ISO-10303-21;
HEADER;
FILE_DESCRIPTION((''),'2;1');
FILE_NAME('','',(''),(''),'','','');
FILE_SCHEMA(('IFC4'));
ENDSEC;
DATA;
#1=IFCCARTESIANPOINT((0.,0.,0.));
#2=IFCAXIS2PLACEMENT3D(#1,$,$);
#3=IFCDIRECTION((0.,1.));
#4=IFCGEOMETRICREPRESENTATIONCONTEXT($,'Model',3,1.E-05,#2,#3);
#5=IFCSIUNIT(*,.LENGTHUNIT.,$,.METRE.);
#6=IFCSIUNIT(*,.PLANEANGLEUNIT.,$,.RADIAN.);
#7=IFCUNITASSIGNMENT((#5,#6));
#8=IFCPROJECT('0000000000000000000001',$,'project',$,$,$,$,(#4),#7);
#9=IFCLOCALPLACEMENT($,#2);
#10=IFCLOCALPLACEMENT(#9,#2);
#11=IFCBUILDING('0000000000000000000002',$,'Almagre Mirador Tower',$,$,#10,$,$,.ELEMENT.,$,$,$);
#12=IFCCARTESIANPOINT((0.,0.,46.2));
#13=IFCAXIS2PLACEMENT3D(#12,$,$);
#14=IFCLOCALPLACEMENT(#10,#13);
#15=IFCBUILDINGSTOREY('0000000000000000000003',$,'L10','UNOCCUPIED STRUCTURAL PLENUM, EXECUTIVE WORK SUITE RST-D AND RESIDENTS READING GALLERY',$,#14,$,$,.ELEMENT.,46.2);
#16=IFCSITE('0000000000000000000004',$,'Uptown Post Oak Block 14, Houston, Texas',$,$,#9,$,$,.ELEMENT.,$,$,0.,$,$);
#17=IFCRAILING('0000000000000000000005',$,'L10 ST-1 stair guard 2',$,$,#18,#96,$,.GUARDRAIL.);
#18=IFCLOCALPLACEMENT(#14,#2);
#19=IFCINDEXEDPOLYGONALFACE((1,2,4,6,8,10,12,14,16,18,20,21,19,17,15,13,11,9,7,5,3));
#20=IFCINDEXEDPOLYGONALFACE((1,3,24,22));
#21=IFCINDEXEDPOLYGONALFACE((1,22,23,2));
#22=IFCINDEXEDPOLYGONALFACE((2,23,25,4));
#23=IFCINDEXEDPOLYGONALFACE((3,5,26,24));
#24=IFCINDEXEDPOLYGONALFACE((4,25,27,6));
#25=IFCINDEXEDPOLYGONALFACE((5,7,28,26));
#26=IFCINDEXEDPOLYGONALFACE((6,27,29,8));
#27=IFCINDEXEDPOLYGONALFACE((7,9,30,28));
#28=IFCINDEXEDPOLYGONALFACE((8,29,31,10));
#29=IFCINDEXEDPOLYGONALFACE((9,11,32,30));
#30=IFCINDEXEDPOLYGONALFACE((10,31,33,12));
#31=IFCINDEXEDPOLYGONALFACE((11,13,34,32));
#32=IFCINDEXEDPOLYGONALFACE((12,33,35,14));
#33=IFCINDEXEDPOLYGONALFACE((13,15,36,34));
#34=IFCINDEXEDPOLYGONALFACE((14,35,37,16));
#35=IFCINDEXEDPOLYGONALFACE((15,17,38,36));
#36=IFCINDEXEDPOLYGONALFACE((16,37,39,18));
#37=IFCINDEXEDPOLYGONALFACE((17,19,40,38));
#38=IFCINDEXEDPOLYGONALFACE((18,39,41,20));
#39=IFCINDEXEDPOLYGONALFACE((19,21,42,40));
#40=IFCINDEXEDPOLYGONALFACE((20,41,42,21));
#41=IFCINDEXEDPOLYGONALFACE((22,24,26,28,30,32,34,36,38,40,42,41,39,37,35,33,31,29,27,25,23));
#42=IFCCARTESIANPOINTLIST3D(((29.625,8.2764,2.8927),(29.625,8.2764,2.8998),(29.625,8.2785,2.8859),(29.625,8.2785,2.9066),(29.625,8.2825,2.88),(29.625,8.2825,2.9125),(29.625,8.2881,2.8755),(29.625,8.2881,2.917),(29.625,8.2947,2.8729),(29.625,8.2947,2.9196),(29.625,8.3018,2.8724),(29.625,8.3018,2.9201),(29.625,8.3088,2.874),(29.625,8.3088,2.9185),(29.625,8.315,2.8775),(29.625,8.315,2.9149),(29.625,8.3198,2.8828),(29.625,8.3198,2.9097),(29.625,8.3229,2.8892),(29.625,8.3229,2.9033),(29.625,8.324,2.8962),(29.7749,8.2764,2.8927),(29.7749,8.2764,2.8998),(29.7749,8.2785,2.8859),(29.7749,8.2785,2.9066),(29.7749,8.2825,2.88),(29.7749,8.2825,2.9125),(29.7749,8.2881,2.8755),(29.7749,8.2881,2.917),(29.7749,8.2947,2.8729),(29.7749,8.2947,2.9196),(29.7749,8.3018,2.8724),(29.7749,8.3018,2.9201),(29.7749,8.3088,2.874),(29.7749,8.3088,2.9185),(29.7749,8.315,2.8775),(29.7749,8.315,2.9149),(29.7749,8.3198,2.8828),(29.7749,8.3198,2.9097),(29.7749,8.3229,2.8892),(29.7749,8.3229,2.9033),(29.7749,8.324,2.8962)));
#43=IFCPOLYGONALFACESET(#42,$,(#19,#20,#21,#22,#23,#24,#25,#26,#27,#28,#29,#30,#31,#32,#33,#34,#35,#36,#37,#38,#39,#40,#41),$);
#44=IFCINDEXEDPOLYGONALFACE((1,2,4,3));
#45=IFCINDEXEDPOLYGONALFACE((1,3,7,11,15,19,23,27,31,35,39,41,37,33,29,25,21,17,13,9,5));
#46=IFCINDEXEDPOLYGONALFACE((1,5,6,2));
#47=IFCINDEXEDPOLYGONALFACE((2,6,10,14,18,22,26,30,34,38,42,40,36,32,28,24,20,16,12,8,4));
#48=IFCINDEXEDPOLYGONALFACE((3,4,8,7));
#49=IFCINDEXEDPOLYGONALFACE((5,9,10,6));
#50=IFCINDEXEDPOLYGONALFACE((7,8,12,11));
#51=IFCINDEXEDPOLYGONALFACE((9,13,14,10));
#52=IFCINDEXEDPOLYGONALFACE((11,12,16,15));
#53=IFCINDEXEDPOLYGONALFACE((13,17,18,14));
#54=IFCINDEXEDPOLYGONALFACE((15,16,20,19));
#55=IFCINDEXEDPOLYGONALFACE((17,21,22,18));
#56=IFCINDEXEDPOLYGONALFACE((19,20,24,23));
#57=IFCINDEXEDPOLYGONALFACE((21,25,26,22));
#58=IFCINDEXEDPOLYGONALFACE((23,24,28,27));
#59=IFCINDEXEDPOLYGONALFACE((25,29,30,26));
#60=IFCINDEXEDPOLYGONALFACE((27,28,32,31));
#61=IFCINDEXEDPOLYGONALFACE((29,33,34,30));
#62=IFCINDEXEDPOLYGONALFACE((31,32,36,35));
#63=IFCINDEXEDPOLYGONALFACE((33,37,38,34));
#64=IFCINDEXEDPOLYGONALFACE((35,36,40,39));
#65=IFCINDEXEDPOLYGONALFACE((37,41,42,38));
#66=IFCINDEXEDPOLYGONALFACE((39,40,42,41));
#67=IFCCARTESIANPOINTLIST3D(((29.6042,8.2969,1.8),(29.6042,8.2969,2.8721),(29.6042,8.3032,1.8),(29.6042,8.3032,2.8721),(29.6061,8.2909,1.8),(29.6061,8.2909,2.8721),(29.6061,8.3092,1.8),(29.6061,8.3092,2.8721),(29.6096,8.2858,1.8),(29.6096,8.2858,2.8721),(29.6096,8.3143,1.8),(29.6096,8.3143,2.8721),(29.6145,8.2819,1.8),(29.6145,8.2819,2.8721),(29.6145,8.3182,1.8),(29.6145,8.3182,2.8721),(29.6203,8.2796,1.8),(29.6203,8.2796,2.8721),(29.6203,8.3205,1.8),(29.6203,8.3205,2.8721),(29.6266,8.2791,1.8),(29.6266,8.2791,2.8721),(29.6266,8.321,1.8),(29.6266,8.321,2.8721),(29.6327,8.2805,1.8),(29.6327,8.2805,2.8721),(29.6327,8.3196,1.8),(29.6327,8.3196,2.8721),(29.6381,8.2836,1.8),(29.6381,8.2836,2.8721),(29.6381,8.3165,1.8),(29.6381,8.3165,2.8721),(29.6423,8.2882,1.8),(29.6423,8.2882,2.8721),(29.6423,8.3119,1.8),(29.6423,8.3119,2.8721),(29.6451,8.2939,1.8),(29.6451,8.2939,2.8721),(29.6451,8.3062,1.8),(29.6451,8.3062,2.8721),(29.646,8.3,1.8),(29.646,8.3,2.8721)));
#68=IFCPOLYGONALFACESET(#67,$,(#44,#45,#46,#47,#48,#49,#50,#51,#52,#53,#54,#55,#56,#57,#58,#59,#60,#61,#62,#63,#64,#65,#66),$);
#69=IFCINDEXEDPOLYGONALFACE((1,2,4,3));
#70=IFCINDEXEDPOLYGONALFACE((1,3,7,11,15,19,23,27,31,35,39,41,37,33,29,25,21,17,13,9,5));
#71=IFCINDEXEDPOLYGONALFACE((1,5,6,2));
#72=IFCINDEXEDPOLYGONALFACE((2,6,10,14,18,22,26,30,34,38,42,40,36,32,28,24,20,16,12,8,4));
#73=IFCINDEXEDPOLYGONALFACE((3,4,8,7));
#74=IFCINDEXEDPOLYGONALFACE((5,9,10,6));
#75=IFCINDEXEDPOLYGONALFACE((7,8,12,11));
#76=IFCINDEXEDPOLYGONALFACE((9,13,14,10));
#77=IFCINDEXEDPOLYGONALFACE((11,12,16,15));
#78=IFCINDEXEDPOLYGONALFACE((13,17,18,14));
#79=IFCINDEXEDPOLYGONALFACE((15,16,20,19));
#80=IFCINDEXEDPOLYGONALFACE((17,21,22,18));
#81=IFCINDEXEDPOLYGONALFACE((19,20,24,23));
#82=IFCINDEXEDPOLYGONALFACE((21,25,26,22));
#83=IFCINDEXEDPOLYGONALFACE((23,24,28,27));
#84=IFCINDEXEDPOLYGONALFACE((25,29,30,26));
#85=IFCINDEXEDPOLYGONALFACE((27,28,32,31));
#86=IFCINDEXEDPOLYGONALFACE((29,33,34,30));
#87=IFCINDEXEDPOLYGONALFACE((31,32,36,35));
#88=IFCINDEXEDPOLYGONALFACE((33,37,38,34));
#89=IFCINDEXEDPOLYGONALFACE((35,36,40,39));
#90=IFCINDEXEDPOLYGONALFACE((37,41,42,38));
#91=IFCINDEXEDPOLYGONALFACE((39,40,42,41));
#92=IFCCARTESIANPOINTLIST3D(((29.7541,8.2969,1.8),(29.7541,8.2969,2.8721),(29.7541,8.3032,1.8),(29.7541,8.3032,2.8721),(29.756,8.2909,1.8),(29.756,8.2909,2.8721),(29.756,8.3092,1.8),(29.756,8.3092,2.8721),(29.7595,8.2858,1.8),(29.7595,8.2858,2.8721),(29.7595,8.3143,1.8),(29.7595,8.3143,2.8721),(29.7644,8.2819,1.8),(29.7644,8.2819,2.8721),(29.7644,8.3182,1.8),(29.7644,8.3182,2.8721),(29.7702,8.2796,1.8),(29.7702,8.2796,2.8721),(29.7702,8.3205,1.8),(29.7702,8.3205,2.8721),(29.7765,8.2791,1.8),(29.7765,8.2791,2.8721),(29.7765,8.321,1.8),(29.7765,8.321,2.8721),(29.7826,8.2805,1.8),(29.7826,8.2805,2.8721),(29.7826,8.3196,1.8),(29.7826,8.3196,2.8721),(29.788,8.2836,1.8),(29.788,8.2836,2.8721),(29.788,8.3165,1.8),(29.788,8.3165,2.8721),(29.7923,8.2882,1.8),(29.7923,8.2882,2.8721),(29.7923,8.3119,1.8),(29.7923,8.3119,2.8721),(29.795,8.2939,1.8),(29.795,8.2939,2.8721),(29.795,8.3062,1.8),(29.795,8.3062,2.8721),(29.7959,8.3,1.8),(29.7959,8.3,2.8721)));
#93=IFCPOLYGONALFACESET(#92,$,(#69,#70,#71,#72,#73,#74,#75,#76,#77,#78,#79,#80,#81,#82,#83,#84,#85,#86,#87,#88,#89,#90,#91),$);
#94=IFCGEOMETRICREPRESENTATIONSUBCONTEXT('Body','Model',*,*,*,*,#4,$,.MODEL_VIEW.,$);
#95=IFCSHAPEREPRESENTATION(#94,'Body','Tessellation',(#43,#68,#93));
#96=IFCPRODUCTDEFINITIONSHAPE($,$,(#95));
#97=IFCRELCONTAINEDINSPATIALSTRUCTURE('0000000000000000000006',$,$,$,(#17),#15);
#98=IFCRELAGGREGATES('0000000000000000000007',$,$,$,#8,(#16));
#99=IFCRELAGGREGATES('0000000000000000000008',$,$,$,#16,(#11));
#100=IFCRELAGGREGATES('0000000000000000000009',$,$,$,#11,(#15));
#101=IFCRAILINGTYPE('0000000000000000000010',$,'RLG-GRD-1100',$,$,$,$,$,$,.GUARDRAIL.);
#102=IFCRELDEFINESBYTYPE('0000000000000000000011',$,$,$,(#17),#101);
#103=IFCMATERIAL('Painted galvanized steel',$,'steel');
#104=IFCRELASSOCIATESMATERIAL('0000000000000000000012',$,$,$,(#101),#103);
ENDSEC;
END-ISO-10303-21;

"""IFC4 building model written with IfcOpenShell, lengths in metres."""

from ifc_helpers import new_model, si_unit, direction, frame, origin, origin_2d, place, context, subcontext, project, spatial, circle, extrude, material, type_object, element, save


model = new_model("IFC4")

# Units and contexts
model_context = context("Model", 3, precision=1e-05, world=origin(), true_north=direction((0.0, 1.0)))
body_context = subcontext(model_context, "Body", "Model", "MODEL_VIEW")
ifc_project = project(units=[si_unit("LENGTHUNIT", "METRE"), si_unit("PLANEANGLEUNIT", "RADIAN")], contexts=[model_context])

# Site, building, storey
site_placement = place(None, origin())
site = spatial("IfcSite", under=ifc_project, at=site_placement, Name="Uptown Post Oak Block 14, Houston, Texas", CompositionType="ELEMENT", RefElevation=0.0)
building_placement = place(site_placement, origin())
building = spatial("IfcBuilding", under=site, at=building_placement, Name="Almagre Mirador Tower", CompositionType="ELEMENT")
storey_placement = place(building_placement, frame((0.0, 0.0, 46.2)))
storey = spatial("IfcBuildingStorey", under=building, at=storey_placement, Name="L10", Description="UNOCCUPIED STRUCTURAL PLENUM, EXECUTIVE WORK SUITE RST-D AND RESIDENTS READING GALLERY", CompositionType="ELEMENT", Elevation=46.2)

# Railing
ifc_material_1 = material(Name="Painted galvanized steel", Category="steel")
railing_type_1 = type_object("IfcRailingType", Name="RLG-GRD-1100", PredefinedType="GUARDRAIL", material=ifc_material_1)
railing_1_placement = place(storey_placement, frame((29.625, 8.3, 1.8)))
element("IfcRailing", 1, at=railing_1_placement, inside=storey, type_object=railing_type_1, Name="L10 ST-1 stair guard 2", PredefinedType="GUARDRAIL", context=body_context, shape_type="SweptSolid", body=[
    extrude(circle(Radius=0.0239, at=origin_2d()), frame((0.0, 0.0, 1.0962), z_axis=(1.0, 0.0, 0.0), x_axis=(0.0, 1.0, 0.0)), (0.0, 0.0, 1.0), 0.1499),
    extrude(circle(Radius=0.021, at=origin_2d()), origin(), (0.0, 0.0, 1.0), 1.072),
    extrude(circle(Radius=0.021, at=origin_2d()), frame((0.1499, 0.0, 0.0)), (0.0, 0.0, 1.0), 1.072),
])

save(model, "model.ifc")
